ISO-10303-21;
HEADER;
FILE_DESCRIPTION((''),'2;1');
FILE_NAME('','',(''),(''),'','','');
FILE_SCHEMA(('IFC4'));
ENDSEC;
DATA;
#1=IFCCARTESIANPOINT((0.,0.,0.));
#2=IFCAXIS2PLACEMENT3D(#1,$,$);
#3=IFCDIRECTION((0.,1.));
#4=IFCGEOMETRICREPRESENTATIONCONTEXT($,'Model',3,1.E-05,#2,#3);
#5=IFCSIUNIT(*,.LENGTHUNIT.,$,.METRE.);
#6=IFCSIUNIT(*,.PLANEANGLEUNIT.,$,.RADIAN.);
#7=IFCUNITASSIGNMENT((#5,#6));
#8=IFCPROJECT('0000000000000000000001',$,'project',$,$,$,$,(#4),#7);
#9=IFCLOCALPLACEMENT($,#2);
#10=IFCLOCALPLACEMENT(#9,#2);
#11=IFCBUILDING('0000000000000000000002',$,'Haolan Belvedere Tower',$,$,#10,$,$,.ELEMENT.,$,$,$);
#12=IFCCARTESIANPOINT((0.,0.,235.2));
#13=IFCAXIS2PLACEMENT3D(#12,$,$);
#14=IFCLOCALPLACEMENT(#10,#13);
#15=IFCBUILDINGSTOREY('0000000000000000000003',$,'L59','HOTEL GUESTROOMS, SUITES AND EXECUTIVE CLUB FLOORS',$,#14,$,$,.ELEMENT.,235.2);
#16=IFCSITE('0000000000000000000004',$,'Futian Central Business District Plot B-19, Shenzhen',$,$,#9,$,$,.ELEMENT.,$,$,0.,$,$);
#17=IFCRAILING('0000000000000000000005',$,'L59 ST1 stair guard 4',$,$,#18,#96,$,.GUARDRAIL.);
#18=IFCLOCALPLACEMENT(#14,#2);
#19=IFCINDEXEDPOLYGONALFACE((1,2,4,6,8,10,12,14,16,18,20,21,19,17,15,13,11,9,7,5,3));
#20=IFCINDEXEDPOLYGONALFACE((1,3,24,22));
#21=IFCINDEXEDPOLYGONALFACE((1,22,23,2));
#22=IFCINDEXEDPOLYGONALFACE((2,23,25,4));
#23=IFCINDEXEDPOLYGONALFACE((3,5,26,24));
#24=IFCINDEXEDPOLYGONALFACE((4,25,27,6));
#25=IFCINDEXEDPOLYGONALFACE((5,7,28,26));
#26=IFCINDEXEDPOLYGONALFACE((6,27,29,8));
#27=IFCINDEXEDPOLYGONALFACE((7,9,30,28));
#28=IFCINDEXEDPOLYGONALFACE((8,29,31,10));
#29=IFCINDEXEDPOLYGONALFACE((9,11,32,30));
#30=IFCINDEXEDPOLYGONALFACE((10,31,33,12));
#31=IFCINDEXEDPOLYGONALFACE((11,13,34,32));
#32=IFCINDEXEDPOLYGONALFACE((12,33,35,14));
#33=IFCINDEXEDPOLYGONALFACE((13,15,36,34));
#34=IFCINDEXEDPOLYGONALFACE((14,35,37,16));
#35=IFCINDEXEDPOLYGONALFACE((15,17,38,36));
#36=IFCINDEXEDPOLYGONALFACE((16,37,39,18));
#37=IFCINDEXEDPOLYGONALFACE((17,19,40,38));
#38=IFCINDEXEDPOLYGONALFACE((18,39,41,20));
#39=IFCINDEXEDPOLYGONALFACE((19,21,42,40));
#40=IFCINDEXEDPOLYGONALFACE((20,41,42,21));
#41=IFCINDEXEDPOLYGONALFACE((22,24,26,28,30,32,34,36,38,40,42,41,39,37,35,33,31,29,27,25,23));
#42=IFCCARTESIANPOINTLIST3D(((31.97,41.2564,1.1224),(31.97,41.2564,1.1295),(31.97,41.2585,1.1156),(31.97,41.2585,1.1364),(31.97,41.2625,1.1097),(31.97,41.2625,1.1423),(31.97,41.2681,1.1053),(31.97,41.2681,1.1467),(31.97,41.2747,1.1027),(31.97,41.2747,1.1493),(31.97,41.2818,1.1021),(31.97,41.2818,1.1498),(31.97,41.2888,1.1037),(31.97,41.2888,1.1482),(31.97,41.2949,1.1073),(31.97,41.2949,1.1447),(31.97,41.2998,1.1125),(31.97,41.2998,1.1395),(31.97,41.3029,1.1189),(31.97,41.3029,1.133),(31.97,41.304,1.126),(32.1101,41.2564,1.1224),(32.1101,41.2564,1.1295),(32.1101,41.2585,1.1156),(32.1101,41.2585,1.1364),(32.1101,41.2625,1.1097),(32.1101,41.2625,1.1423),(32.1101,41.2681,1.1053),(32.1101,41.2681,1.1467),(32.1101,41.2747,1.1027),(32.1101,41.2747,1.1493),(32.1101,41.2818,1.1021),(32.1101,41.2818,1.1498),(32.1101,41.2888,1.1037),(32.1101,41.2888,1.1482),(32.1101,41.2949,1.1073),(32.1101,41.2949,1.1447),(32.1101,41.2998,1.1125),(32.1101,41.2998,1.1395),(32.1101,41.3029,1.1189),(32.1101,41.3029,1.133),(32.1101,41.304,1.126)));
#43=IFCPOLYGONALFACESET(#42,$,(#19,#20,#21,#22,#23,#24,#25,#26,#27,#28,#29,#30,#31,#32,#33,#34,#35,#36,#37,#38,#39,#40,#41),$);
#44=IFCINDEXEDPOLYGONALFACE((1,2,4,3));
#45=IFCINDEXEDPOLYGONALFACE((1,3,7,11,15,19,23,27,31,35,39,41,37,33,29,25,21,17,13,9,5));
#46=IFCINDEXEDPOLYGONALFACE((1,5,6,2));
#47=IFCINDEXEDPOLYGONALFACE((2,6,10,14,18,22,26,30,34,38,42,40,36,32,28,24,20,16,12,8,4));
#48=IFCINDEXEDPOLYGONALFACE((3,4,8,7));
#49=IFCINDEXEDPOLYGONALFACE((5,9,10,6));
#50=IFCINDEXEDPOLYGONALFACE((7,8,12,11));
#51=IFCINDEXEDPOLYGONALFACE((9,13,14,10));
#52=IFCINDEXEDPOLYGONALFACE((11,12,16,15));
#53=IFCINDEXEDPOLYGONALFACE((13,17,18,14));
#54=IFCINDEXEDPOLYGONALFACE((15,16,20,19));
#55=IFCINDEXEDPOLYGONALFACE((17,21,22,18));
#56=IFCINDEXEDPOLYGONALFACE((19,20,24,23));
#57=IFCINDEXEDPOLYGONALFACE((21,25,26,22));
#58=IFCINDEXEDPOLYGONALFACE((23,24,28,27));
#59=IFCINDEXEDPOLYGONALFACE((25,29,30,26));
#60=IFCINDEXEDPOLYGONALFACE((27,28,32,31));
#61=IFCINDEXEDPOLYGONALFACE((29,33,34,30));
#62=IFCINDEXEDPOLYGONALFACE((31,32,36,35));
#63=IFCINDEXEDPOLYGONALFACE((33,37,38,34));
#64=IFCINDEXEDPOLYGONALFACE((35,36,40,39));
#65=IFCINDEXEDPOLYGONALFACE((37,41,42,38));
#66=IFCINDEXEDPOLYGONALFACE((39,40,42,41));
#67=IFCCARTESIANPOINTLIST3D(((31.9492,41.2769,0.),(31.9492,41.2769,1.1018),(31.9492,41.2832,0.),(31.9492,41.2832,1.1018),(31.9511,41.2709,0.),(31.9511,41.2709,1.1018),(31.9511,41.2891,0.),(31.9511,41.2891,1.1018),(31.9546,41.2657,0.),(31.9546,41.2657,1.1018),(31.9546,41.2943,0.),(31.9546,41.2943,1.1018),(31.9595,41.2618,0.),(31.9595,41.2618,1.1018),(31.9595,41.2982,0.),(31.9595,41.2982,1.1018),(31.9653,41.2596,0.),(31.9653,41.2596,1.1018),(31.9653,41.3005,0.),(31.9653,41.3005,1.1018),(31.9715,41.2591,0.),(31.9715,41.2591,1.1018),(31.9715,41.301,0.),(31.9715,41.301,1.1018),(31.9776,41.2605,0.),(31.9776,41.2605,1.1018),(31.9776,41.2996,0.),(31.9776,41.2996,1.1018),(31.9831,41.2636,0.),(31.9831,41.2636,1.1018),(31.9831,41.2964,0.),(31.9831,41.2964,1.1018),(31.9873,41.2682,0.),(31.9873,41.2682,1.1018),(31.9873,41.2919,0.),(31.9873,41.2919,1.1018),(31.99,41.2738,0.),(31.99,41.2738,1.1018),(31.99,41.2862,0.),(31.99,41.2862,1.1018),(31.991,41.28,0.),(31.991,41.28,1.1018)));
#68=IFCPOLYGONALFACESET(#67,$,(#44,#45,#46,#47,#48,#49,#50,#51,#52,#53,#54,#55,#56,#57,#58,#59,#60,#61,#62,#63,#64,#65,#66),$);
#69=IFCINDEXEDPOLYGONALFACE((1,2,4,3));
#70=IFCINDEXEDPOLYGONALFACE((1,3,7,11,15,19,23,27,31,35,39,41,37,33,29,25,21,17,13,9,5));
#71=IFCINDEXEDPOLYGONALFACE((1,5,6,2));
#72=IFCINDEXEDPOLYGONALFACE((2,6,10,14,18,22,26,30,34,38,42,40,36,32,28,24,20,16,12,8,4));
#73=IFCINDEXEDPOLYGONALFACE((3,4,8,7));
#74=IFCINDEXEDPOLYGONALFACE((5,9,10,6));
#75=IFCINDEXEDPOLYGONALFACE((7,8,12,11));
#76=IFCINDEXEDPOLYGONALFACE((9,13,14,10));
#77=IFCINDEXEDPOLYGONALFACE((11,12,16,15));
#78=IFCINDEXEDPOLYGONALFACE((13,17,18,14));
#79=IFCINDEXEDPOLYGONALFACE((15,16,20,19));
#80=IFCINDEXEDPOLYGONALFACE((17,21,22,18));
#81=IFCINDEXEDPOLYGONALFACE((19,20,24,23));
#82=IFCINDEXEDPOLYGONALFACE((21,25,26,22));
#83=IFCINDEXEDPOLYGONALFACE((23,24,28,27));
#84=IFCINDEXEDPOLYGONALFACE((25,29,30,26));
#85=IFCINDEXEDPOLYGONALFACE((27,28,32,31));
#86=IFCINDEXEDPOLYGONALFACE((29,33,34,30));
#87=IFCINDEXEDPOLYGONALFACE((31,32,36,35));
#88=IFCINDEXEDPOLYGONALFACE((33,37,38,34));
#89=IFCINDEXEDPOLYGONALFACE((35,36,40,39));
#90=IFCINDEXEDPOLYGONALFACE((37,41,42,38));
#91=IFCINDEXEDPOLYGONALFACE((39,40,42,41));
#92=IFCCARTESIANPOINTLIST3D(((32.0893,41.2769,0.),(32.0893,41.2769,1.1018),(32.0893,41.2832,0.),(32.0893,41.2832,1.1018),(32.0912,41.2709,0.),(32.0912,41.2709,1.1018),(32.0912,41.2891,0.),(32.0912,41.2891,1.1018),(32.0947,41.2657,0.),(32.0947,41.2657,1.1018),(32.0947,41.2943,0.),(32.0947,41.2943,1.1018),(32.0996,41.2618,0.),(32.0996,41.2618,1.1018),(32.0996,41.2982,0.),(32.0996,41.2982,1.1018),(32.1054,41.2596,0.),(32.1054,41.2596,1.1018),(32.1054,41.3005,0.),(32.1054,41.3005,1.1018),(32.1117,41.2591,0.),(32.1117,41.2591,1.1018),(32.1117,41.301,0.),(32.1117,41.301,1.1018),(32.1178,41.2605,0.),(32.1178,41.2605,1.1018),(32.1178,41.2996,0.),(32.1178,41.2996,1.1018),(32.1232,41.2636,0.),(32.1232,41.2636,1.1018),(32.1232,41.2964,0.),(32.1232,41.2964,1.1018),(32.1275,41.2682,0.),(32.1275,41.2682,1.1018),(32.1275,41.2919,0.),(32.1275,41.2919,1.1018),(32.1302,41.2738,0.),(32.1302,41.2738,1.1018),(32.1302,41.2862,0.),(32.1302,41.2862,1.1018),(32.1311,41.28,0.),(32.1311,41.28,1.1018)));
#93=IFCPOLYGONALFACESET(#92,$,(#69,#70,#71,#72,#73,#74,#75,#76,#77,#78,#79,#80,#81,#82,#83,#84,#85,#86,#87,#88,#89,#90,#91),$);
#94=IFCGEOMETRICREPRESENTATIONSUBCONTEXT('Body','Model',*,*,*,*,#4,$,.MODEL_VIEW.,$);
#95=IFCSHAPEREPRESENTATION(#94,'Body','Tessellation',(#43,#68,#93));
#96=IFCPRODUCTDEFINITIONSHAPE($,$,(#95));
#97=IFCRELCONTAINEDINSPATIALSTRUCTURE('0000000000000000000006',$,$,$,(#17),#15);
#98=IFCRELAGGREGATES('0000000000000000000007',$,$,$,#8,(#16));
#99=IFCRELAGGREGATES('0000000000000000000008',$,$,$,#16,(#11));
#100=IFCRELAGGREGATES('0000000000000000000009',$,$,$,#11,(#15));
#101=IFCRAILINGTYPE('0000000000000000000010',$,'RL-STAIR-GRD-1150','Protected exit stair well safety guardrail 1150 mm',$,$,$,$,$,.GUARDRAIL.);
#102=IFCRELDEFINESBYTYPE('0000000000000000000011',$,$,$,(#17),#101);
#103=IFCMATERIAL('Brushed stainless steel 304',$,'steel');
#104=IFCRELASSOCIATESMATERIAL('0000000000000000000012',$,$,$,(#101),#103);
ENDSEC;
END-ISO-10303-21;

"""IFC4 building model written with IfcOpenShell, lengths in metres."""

from ifc_helpers import new_model, si_unit, direction, frame, origin, origin_2d, place, context, subcontext, project, spatial, circle, extrude, material, type_object, element, save


model = new_model("IFC4")

# Units and contexts
model_context = context("Model", 3, precision=1e-05, world=origin(), true_north=direction((0.0, 1.0)))
body_context = subcontext(model_context, "Body", "Model", "MODEL_VIEW")
ifc_project = project(units=[si_unit("LENGTHUNIT", "METRE"), si_unit("PLANEANGLEUNIT", "RADIAN")], contexts=[model_context])

# Site, building, storey
site_placement = place(None, origin())
site = spatial("IfcSite", under=ifc_project, at=site_placement, Name="Futian Central Business District Plot B-19, Shenzhen", CompositionType="ELEMENT", RefElevation=0.0)
building_placement = place(site_placement, origin())
building = spatial("IfcBuilding", under=site, at=building_placement, Name="Haolan Belvedere Tower", CompositionType="ELEMENT")
storey_placement = place(building_placement, frame((0.0, 0.0, 235.2)))
storey = spatial("IfcBuildingStorey", under=building, at=storey_placement, Name="L59", Description="HOTEL GUESTROOMS, SUITES AND EXECUTIVE CLUB FLOORS", CompositionType="ELEMENT", Elevation=235.2)

# Railing
ifc_material_1 = material(Name="Brushed stainless steel 304", Category="steel")
railing_type_1 = type_object("IfcRailingType", Name="RL-STAIR-GRD-1150", Description="Protected exit stair well safety guardrail 1150 mm", PredefinedType="GUARDRAIL", material=ifc_material_1)
railing_1_placement = place(storey_placement, frame((31.97, 41.28, 0.0)))
element("IfcRailing", 1, at=railing_1_placement, inside=storey, type_object=railing_type_1, Name="L59 ST1 stair guard 4", PredefinedType="GUARDRAIL", context=body_context, shape_type="SweptSolid", body=[
    extrude(circle(Radius=0.0239, at=origin_2d()), frame((0.0, 0.0, 1.126), z_axis=(1.0, 0.0, 0.0), x_axis=(0.0, 1.0, 0.0)), (0.0, 0.0, 1.0), 0.1401),
    extrude(circle(Radius=0.021, at=origin_2d()), origin(), (0.0, 0.0, 1.0), 1.1018),
    extrude(circle(Radius=0.021, at=origin_2d()), frame((0.1401, 0.0, 0.0)), (0.0, 0.0, 1.0), 1.1018),
])

save(model, "model.ifc")
